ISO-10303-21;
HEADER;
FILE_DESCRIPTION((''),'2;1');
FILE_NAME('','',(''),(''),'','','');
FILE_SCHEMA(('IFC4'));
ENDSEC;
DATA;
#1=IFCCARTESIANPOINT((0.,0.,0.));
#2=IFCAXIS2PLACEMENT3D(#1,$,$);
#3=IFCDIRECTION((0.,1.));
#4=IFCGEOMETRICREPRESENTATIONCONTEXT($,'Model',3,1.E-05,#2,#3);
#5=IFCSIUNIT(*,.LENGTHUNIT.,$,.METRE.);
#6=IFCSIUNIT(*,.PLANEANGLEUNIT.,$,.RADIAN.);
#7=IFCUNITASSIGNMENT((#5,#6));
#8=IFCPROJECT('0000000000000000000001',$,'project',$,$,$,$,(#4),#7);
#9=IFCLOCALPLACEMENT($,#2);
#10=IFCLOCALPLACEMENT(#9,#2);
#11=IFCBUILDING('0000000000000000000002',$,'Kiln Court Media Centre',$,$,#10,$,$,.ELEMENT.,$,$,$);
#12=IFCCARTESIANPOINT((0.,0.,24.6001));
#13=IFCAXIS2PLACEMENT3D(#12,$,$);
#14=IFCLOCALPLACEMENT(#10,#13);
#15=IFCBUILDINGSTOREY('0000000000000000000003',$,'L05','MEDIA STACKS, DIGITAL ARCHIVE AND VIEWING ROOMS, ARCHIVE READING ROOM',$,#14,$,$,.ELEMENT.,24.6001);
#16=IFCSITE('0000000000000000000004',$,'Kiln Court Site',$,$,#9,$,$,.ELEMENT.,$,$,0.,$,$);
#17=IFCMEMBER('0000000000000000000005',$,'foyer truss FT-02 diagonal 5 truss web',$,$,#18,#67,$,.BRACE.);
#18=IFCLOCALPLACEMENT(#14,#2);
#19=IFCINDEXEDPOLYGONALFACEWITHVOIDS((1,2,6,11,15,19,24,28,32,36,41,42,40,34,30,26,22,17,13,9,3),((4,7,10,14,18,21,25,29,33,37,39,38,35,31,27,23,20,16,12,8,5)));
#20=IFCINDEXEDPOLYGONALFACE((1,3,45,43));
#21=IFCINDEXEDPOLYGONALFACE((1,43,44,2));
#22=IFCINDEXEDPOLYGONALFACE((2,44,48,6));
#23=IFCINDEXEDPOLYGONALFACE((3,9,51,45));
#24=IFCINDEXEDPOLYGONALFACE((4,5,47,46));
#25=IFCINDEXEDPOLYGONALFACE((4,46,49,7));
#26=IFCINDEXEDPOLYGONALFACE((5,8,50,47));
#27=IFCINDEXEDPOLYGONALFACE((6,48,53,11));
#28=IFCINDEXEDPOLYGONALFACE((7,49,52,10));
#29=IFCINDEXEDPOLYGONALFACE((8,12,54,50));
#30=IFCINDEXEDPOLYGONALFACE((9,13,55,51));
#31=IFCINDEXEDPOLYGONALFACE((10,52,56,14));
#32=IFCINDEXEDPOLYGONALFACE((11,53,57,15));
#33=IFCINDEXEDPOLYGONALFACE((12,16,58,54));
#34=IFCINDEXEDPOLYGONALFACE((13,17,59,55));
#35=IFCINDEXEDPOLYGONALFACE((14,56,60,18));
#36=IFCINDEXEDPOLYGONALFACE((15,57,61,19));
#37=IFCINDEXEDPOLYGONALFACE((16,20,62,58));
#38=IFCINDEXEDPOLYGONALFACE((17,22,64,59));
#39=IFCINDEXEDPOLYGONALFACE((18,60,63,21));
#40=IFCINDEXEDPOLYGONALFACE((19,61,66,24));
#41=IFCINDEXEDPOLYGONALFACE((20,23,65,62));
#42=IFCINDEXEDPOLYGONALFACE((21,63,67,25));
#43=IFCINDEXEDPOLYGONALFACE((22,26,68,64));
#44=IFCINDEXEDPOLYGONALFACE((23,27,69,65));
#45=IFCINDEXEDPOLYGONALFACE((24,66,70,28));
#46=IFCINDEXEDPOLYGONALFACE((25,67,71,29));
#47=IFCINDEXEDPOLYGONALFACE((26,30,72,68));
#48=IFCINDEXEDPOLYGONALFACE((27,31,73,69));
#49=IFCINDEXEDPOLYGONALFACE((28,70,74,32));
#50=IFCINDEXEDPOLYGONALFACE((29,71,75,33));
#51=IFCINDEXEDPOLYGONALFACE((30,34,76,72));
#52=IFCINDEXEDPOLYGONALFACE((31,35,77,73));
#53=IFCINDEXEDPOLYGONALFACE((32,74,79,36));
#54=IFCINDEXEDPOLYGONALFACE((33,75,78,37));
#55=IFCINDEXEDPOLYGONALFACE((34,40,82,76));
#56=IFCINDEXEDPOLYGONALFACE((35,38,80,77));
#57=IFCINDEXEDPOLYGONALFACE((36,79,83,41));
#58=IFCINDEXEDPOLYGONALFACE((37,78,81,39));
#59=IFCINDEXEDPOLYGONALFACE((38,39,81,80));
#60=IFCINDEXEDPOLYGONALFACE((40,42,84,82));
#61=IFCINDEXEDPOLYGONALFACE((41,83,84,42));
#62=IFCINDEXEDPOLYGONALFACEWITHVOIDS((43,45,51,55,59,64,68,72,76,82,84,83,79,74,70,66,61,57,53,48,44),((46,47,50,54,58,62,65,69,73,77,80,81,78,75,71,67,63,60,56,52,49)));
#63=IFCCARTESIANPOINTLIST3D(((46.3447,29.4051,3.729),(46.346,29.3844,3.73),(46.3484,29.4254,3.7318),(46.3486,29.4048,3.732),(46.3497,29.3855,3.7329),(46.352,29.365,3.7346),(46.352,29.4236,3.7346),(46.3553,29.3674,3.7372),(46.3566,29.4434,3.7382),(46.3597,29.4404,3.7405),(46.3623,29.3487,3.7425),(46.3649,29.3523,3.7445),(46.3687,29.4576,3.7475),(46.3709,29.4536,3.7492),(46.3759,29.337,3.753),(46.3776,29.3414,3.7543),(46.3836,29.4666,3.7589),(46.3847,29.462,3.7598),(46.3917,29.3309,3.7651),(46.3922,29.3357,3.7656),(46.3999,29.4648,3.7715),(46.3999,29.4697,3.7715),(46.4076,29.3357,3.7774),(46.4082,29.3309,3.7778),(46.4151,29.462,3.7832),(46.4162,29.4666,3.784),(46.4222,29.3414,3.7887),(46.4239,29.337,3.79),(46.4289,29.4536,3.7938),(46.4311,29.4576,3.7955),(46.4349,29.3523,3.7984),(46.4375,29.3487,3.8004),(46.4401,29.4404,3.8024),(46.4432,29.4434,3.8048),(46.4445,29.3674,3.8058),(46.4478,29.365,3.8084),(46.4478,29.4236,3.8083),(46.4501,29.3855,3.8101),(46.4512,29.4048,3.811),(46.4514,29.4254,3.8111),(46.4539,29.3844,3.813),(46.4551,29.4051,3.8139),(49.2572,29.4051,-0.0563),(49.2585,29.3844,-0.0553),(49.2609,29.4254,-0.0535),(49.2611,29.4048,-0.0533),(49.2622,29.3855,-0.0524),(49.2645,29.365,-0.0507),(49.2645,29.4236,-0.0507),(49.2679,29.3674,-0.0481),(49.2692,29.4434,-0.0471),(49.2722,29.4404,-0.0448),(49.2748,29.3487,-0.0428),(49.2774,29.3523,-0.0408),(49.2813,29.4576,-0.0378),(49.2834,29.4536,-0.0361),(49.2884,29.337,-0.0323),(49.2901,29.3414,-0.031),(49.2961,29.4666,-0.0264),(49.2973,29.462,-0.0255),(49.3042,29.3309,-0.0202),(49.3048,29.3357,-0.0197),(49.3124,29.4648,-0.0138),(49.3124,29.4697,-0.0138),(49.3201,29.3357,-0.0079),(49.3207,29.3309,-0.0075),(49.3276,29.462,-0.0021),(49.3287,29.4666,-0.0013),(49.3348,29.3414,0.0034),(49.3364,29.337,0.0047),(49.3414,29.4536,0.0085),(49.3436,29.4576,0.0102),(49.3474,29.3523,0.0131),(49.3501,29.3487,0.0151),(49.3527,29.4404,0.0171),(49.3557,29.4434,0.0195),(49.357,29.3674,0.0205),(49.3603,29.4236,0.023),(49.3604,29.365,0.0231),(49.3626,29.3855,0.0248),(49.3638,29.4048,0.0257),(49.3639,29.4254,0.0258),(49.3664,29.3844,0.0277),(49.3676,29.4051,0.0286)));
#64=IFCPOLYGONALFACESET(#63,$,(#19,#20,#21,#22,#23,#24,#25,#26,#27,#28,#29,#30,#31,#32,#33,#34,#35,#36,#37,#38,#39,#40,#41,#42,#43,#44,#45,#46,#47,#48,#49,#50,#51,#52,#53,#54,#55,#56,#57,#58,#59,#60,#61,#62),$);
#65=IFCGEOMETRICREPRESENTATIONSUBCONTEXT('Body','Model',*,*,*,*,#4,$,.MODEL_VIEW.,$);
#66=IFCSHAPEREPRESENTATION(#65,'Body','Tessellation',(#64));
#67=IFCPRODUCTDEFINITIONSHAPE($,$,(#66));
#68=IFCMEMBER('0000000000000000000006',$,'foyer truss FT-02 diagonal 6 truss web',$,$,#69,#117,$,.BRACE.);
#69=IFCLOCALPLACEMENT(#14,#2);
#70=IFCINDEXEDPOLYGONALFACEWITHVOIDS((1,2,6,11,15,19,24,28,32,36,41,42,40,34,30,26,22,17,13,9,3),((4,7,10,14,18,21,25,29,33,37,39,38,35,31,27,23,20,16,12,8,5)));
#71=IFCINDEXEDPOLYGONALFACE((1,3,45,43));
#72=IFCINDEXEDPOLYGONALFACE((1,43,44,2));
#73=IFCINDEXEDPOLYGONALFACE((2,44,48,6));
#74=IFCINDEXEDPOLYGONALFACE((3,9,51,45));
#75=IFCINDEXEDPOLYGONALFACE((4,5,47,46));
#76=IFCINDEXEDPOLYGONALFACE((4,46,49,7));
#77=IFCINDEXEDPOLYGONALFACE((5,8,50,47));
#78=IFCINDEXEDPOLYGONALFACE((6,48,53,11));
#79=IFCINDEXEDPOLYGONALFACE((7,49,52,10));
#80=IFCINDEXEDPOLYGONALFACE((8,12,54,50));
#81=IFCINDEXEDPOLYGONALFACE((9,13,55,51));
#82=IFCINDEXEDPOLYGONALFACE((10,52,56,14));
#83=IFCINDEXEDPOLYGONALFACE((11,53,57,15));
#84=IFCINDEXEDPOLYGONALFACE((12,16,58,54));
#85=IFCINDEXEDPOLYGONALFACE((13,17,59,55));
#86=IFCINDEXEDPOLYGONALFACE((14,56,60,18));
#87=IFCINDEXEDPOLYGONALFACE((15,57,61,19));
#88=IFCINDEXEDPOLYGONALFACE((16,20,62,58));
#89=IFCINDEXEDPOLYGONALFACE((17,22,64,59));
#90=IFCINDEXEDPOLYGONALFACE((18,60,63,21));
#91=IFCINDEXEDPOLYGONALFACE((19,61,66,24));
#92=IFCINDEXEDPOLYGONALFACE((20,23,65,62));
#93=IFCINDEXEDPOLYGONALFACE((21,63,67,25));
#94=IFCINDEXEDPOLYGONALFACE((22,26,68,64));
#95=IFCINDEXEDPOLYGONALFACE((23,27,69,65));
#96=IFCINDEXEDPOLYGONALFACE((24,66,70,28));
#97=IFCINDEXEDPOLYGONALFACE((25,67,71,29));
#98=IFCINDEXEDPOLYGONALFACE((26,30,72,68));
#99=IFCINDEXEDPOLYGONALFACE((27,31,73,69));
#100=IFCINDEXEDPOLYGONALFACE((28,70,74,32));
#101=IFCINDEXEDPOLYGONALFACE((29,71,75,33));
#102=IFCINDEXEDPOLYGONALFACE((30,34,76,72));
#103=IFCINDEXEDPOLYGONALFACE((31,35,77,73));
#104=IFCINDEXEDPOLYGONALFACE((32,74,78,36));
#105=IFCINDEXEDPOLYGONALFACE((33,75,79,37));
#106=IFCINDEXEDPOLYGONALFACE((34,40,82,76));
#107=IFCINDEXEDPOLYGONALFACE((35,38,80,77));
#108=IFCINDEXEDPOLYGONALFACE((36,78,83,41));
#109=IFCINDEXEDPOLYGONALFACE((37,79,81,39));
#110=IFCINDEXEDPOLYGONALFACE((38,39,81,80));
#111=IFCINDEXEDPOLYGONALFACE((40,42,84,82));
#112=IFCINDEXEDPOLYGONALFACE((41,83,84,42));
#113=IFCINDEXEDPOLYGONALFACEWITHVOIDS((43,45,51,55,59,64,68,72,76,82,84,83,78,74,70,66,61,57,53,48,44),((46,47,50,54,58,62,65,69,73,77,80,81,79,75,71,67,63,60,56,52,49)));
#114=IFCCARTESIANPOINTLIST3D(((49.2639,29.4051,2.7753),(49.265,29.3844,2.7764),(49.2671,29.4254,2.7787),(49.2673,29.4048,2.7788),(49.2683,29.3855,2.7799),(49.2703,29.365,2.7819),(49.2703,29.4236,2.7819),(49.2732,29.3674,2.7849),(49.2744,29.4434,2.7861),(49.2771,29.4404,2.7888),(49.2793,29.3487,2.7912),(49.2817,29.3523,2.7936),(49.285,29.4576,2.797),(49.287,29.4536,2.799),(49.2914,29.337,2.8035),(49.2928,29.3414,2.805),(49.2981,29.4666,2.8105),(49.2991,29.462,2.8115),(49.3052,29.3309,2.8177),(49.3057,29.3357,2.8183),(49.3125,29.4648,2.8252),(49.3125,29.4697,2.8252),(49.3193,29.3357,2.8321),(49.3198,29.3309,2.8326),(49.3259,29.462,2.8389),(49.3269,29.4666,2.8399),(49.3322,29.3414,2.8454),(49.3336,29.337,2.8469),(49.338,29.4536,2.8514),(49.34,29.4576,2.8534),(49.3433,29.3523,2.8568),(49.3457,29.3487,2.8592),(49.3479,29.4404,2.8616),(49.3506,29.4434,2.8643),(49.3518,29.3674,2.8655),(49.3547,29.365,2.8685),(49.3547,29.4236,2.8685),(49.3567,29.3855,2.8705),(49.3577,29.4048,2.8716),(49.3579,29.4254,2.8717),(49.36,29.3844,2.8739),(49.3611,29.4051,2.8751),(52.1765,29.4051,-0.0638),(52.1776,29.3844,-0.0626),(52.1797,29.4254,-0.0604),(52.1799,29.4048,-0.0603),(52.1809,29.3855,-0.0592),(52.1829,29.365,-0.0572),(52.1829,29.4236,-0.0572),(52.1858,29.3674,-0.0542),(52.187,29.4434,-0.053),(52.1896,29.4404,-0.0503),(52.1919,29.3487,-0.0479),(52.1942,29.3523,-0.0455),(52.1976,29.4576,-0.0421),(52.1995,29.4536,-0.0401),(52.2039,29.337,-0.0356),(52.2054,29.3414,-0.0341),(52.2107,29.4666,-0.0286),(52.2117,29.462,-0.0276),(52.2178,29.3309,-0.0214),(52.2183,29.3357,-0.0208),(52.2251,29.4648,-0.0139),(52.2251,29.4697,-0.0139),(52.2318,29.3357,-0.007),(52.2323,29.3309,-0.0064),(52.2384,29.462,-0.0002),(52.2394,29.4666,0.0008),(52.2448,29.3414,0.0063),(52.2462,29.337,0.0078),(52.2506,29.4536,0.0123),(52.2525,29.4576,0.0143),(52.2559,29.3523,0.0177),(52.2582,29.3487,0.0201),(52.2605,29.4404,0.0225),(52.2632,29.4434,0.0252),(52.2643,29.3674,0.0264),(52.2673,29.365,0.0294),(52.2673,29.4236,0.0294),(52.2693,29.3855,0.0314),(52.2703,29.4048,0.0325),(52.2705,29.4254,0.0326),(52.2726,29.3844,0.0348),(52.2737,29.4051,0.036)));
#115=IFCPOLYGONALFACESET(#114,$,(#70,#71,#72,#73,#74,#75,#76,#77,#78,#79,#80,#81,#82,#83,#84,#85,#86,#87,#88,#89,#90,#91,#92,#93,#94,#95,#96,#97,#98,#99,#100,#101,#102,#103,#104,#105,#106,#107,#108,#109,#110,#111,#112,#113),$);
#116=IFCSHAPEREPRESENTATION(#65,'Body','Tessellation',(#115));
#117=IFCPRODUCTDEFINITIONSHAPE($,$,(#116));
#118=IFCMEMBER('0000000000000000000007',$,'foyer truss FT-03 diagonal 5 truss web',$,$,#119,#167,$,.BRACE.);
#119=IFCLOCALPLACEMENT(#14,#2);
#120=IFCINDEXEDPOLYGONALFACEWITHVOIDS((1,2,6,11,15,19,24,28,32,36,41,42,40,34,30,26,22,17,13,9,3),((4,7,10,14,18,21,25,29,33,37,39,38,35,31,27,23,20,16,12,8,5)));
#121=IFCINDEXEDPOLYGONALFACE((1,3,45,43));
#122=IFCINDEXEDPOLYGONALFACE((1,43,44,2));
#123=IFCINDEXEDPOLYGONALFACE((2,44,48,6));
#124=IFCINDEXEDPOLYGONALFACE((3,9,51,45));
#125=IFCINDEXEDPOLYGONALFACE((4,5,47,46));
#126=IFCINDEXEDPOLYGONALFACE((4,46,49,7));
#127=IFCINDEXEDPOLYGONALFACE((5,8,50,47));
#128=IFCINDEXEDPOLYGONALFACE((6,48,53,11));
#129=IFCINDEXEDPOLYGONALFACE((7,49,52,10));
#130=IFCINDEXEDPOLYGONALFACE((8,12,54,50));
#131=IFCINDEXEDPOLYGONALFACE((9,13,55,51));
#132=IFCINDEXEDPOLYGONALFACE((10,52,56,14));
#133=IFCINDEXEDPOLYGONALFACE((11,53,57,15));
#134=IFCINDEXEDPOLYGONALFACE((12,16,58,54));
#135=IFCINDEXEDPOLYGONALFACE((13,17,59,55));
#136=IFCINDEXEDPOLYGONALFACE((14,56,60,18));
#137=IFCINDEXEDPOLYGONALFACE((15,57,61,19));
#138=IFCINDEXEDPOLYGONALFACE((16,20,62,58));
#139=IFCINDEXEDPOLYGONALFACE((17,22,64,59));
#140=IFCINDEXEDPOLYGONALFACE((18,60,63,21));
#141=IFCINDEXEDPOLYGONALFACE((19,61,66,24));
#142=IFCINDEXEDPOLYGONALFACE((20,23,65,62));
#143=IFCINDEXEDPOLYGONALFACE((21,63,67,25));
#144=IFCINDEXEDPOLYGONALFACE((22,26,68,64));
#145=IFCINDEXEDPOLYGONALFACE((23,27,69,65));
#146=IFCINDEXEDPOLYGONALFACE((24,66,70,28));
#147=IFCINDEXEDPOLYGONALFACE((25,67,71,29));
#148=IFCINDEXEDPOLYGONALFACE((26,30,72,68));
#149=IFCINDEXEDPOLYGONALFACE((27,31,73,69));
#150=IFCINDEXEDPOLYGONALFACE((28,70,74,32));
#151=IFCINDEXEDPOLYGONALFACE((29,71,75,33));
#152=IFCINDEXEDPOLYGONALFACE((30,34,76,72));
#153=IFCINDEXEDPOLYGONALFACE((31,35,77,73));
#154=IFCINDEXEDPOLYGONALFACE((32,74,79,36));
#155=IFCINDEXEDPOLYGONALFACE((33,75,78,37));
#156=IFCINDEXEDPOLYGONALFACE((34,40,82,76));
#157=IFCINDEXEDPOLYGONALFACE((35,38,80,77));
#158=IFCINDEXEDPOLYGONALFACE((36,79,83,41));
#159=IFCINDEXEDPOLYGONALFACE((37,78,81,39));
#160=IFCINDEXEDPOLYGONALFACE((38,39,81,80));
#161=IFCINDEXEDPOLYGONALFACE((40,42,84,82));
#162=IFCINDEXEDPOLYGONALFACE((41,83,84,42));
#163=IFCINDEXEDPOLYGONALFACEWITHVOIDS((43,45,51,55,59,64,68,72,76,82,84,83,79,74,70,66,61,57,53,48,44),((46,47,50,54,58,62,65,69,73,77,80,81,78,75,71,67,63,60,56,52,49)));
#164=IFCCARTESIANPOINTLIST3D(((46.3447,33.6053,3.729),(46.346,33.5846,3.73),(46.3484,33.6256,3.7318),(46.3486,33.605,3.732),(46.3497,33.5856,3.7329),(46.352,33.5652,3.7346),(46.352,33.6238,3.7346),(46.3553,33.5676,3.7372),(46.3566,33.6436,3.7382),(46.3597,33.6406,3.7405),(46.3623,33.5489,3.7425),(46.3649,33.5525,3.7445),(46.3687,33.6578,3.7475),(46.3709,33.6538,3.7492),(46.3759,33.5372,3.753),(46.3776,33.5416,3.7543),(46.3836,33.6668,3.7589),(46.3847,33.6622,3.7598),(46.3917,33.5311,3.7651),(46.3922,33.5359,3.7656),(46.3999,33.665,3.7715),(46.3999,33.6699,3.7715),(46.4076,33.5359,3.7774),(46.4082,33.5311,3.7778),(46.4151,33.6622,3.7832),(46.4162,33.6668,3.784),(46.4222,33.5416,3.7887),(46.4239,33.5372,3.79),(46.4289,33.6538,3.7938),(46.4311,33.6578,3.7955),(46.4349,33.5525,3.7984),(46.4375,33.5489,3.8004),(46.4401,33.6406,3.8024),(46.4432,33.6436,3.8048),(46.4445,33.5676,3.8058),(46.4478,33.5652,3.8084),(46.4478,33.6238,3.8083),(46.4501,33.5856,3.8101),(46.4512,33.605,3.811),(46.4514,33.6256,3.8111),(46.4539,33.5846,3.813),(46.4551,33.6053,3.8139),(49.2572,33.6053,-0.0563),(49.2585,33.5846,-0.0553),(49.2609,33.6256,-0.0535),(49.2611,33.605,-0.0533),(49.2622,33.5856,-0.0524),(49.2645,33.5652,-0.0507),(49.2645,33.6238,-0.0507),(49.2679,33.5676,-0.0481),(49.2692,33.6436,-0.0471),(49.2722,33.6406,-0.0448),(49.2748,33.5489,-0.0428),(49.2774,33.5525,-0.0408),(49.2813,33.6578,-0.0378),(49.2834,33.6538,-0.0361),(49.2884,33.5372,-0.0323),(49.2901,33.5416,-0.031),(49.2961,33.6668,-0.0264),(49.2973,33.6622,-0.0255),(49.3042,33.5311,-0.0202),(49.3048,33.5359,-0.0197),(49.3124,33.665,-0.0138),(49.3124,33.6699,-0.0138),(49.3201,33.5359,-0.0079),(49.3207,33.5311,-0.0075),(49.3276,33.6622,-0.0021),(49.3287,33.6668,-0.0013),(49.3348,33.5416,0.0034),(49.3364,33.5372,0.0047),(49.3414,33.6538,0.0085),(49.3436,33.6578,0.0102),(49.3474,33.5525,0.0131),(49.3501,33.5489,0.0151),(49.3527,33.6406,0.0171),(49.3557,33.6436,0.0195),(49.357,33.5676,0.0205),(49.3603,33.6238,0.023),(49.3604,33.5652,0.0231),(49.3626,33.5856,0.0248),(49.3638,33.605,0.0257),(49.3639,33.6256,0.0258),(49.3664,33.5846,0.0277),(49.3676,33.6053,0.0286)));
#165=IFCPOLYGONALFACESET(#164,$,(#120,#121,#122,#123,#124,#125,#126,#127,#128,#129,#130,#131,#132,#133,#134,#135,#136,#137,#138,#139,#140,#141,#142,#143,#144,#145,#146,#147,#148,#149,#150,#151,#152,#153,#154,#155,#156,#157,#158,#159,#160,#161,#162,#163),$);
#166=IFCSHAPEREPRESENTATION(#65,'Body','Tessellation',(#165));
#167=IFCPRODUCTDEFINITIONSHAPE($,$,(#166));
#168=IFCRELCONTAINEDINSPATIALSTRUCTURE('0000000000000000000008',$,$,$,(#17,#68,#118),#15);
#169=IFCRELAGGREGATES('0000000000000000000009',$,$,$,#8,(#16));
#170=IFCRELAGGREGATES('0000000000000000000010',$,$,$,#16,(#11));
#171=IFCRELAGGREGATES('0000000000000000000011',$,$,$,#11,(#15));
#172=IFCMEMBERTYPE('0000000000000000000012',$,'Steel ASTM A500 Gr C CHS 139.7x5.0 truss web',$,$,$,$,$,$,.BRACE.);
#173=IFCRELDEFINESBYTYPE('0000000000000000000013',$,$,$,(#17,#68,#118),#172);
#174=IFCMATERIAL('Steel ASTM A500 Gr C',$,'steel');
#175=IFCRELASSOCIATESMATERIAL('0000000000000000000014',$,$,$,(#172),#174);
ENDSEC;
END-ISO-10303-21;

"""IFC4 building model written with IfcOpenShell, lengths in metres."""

from ifc_helpers import new_model, si_unit, direction, frame, origin, origin_2d, place, context, subcontext, project, spatial, hollow_circle, extrude, material, material_profile, profile_set, type_object, element, save


model = new_model("IFC4")

# Units and contexts
model_context = context("Model", 3, precision=1e-05, world=origin(), true_north=direction((0.0, 1.0)))
body_context = subcontext(model_context, "Body", "Model", "MODEL_VIEW")
ifc_project = project(units=[si_unit("LENGTHUNIT", "METRE"), si_unit("PLANEANGLEUNIT", "RADIAN")], contexts=[model_context])

# Site, building, storey
site_placement = place(None, origin())
site = spatial("IfcSite", under=ifc_project, at=site_placement, Name="Kiln Court Site", CompositionType="ELEMENT", RefElevation=0.0)
building_placement = place(site_placement, origin())
building = spatial("IfcBuilding", under=site, at=building_placement, Name="Kiln Court Media Centre", CompositionType="ELEMENT")
storey_placement = place(building_placement, frame((0.0, 0.0, 24.6001)))
storey = spatial("IfcBuildingStorey", under=building, at=storey_placement, Name="L05", Description="MEDIA STACKS, DIGITAL ARCHIVE AND VIEWING ROOMS, ARCHIVE READING ROOM", CompositionType="ELEMENT", Elevation=24.6001)

# Members
ifc_material_1 = material(Name="Steel ASTM A500 Gr C", Category="steel")
ifc_material_profile_1 = material_profile(ifc_material_1, hollow_circle(Radius=0.0698, WallThickness=0.0049, at=origin_2d()), Name="CHS 139.7x5.0")
ifc_profile_set_1 = profile_set([ifc_material_profile_1], Name="Steel ASTM A500 Gr C")
member_type_1 = type_object("IfcMemberType", Name="Steel ASTM A500 Gr C CHS 139.7x5.0 truss web", PredefinedType="BRACE", material=ifc_profile_set_1)
member_1_placement = place(storey_placement, frame((46.3999, 29.3999, 3.7715), z_axis=(0.60981, 0.0, -0.792548), x_axis=(0.0, 1.0, 0.0)))
element("IfcMember", 1, at=member_1_placement, inside=storey, type_object=member_type_1, Name="foyer truss FT-02 diagonal 5 truss web", PredefinedType="BRACE", context=body_context, shape_type="SweptSolid", body=[
    extrude(hollow_circle(Radius=0.0698, WallThickness=0.0049, at=origin_2d()), origin(), (0.0, 0.0, 1.0), 4.7761),
])
member_2_placement = place(storey_placement, frame((49.3125, 29.3999, 2.8252), z_axis=(0.716083, 0.0, -0.698016), x_axis=(0.0, 1.0, 0.0)))
element("IfcMember", 2, at=member_2_placement, inside=storey, type_object=member_type_1, Name="foyer truss FT-02 diagonal 6 truss web", PredefinedType="BRACE", context=body_context, shape_type="SweptSolid", body=[
    extrude(hollow_circle(Radius=0.0698, WallThickness=0.0049, at=origin_2d()), origin(), (0.0, 0.0, 1.0), 4.0674),
])
member_3_placement = place(storey_placement, frame((46.3999, 33.6001, 3.7715), z_axis=(0.60981, 0.0, -0.792548), x_axis=(0.0, 1.0, 0.0)))
element("IfcMember", 3, at=member_3_placement, inside=storey, type_object=member_type_1, Name="foyer truss FT-03 diagonal 5 truss web", PredefinedType="BRACE", context=body_context, shape_type="SweptSolid", body=[
    extrude(hollow_circle(Radius=0.0698, WallThickness=0.0049, at=origin_2d()), origin(), (0.0, 0.0, 1.0), 4.7761),
])

save(model, "model.ifc")
